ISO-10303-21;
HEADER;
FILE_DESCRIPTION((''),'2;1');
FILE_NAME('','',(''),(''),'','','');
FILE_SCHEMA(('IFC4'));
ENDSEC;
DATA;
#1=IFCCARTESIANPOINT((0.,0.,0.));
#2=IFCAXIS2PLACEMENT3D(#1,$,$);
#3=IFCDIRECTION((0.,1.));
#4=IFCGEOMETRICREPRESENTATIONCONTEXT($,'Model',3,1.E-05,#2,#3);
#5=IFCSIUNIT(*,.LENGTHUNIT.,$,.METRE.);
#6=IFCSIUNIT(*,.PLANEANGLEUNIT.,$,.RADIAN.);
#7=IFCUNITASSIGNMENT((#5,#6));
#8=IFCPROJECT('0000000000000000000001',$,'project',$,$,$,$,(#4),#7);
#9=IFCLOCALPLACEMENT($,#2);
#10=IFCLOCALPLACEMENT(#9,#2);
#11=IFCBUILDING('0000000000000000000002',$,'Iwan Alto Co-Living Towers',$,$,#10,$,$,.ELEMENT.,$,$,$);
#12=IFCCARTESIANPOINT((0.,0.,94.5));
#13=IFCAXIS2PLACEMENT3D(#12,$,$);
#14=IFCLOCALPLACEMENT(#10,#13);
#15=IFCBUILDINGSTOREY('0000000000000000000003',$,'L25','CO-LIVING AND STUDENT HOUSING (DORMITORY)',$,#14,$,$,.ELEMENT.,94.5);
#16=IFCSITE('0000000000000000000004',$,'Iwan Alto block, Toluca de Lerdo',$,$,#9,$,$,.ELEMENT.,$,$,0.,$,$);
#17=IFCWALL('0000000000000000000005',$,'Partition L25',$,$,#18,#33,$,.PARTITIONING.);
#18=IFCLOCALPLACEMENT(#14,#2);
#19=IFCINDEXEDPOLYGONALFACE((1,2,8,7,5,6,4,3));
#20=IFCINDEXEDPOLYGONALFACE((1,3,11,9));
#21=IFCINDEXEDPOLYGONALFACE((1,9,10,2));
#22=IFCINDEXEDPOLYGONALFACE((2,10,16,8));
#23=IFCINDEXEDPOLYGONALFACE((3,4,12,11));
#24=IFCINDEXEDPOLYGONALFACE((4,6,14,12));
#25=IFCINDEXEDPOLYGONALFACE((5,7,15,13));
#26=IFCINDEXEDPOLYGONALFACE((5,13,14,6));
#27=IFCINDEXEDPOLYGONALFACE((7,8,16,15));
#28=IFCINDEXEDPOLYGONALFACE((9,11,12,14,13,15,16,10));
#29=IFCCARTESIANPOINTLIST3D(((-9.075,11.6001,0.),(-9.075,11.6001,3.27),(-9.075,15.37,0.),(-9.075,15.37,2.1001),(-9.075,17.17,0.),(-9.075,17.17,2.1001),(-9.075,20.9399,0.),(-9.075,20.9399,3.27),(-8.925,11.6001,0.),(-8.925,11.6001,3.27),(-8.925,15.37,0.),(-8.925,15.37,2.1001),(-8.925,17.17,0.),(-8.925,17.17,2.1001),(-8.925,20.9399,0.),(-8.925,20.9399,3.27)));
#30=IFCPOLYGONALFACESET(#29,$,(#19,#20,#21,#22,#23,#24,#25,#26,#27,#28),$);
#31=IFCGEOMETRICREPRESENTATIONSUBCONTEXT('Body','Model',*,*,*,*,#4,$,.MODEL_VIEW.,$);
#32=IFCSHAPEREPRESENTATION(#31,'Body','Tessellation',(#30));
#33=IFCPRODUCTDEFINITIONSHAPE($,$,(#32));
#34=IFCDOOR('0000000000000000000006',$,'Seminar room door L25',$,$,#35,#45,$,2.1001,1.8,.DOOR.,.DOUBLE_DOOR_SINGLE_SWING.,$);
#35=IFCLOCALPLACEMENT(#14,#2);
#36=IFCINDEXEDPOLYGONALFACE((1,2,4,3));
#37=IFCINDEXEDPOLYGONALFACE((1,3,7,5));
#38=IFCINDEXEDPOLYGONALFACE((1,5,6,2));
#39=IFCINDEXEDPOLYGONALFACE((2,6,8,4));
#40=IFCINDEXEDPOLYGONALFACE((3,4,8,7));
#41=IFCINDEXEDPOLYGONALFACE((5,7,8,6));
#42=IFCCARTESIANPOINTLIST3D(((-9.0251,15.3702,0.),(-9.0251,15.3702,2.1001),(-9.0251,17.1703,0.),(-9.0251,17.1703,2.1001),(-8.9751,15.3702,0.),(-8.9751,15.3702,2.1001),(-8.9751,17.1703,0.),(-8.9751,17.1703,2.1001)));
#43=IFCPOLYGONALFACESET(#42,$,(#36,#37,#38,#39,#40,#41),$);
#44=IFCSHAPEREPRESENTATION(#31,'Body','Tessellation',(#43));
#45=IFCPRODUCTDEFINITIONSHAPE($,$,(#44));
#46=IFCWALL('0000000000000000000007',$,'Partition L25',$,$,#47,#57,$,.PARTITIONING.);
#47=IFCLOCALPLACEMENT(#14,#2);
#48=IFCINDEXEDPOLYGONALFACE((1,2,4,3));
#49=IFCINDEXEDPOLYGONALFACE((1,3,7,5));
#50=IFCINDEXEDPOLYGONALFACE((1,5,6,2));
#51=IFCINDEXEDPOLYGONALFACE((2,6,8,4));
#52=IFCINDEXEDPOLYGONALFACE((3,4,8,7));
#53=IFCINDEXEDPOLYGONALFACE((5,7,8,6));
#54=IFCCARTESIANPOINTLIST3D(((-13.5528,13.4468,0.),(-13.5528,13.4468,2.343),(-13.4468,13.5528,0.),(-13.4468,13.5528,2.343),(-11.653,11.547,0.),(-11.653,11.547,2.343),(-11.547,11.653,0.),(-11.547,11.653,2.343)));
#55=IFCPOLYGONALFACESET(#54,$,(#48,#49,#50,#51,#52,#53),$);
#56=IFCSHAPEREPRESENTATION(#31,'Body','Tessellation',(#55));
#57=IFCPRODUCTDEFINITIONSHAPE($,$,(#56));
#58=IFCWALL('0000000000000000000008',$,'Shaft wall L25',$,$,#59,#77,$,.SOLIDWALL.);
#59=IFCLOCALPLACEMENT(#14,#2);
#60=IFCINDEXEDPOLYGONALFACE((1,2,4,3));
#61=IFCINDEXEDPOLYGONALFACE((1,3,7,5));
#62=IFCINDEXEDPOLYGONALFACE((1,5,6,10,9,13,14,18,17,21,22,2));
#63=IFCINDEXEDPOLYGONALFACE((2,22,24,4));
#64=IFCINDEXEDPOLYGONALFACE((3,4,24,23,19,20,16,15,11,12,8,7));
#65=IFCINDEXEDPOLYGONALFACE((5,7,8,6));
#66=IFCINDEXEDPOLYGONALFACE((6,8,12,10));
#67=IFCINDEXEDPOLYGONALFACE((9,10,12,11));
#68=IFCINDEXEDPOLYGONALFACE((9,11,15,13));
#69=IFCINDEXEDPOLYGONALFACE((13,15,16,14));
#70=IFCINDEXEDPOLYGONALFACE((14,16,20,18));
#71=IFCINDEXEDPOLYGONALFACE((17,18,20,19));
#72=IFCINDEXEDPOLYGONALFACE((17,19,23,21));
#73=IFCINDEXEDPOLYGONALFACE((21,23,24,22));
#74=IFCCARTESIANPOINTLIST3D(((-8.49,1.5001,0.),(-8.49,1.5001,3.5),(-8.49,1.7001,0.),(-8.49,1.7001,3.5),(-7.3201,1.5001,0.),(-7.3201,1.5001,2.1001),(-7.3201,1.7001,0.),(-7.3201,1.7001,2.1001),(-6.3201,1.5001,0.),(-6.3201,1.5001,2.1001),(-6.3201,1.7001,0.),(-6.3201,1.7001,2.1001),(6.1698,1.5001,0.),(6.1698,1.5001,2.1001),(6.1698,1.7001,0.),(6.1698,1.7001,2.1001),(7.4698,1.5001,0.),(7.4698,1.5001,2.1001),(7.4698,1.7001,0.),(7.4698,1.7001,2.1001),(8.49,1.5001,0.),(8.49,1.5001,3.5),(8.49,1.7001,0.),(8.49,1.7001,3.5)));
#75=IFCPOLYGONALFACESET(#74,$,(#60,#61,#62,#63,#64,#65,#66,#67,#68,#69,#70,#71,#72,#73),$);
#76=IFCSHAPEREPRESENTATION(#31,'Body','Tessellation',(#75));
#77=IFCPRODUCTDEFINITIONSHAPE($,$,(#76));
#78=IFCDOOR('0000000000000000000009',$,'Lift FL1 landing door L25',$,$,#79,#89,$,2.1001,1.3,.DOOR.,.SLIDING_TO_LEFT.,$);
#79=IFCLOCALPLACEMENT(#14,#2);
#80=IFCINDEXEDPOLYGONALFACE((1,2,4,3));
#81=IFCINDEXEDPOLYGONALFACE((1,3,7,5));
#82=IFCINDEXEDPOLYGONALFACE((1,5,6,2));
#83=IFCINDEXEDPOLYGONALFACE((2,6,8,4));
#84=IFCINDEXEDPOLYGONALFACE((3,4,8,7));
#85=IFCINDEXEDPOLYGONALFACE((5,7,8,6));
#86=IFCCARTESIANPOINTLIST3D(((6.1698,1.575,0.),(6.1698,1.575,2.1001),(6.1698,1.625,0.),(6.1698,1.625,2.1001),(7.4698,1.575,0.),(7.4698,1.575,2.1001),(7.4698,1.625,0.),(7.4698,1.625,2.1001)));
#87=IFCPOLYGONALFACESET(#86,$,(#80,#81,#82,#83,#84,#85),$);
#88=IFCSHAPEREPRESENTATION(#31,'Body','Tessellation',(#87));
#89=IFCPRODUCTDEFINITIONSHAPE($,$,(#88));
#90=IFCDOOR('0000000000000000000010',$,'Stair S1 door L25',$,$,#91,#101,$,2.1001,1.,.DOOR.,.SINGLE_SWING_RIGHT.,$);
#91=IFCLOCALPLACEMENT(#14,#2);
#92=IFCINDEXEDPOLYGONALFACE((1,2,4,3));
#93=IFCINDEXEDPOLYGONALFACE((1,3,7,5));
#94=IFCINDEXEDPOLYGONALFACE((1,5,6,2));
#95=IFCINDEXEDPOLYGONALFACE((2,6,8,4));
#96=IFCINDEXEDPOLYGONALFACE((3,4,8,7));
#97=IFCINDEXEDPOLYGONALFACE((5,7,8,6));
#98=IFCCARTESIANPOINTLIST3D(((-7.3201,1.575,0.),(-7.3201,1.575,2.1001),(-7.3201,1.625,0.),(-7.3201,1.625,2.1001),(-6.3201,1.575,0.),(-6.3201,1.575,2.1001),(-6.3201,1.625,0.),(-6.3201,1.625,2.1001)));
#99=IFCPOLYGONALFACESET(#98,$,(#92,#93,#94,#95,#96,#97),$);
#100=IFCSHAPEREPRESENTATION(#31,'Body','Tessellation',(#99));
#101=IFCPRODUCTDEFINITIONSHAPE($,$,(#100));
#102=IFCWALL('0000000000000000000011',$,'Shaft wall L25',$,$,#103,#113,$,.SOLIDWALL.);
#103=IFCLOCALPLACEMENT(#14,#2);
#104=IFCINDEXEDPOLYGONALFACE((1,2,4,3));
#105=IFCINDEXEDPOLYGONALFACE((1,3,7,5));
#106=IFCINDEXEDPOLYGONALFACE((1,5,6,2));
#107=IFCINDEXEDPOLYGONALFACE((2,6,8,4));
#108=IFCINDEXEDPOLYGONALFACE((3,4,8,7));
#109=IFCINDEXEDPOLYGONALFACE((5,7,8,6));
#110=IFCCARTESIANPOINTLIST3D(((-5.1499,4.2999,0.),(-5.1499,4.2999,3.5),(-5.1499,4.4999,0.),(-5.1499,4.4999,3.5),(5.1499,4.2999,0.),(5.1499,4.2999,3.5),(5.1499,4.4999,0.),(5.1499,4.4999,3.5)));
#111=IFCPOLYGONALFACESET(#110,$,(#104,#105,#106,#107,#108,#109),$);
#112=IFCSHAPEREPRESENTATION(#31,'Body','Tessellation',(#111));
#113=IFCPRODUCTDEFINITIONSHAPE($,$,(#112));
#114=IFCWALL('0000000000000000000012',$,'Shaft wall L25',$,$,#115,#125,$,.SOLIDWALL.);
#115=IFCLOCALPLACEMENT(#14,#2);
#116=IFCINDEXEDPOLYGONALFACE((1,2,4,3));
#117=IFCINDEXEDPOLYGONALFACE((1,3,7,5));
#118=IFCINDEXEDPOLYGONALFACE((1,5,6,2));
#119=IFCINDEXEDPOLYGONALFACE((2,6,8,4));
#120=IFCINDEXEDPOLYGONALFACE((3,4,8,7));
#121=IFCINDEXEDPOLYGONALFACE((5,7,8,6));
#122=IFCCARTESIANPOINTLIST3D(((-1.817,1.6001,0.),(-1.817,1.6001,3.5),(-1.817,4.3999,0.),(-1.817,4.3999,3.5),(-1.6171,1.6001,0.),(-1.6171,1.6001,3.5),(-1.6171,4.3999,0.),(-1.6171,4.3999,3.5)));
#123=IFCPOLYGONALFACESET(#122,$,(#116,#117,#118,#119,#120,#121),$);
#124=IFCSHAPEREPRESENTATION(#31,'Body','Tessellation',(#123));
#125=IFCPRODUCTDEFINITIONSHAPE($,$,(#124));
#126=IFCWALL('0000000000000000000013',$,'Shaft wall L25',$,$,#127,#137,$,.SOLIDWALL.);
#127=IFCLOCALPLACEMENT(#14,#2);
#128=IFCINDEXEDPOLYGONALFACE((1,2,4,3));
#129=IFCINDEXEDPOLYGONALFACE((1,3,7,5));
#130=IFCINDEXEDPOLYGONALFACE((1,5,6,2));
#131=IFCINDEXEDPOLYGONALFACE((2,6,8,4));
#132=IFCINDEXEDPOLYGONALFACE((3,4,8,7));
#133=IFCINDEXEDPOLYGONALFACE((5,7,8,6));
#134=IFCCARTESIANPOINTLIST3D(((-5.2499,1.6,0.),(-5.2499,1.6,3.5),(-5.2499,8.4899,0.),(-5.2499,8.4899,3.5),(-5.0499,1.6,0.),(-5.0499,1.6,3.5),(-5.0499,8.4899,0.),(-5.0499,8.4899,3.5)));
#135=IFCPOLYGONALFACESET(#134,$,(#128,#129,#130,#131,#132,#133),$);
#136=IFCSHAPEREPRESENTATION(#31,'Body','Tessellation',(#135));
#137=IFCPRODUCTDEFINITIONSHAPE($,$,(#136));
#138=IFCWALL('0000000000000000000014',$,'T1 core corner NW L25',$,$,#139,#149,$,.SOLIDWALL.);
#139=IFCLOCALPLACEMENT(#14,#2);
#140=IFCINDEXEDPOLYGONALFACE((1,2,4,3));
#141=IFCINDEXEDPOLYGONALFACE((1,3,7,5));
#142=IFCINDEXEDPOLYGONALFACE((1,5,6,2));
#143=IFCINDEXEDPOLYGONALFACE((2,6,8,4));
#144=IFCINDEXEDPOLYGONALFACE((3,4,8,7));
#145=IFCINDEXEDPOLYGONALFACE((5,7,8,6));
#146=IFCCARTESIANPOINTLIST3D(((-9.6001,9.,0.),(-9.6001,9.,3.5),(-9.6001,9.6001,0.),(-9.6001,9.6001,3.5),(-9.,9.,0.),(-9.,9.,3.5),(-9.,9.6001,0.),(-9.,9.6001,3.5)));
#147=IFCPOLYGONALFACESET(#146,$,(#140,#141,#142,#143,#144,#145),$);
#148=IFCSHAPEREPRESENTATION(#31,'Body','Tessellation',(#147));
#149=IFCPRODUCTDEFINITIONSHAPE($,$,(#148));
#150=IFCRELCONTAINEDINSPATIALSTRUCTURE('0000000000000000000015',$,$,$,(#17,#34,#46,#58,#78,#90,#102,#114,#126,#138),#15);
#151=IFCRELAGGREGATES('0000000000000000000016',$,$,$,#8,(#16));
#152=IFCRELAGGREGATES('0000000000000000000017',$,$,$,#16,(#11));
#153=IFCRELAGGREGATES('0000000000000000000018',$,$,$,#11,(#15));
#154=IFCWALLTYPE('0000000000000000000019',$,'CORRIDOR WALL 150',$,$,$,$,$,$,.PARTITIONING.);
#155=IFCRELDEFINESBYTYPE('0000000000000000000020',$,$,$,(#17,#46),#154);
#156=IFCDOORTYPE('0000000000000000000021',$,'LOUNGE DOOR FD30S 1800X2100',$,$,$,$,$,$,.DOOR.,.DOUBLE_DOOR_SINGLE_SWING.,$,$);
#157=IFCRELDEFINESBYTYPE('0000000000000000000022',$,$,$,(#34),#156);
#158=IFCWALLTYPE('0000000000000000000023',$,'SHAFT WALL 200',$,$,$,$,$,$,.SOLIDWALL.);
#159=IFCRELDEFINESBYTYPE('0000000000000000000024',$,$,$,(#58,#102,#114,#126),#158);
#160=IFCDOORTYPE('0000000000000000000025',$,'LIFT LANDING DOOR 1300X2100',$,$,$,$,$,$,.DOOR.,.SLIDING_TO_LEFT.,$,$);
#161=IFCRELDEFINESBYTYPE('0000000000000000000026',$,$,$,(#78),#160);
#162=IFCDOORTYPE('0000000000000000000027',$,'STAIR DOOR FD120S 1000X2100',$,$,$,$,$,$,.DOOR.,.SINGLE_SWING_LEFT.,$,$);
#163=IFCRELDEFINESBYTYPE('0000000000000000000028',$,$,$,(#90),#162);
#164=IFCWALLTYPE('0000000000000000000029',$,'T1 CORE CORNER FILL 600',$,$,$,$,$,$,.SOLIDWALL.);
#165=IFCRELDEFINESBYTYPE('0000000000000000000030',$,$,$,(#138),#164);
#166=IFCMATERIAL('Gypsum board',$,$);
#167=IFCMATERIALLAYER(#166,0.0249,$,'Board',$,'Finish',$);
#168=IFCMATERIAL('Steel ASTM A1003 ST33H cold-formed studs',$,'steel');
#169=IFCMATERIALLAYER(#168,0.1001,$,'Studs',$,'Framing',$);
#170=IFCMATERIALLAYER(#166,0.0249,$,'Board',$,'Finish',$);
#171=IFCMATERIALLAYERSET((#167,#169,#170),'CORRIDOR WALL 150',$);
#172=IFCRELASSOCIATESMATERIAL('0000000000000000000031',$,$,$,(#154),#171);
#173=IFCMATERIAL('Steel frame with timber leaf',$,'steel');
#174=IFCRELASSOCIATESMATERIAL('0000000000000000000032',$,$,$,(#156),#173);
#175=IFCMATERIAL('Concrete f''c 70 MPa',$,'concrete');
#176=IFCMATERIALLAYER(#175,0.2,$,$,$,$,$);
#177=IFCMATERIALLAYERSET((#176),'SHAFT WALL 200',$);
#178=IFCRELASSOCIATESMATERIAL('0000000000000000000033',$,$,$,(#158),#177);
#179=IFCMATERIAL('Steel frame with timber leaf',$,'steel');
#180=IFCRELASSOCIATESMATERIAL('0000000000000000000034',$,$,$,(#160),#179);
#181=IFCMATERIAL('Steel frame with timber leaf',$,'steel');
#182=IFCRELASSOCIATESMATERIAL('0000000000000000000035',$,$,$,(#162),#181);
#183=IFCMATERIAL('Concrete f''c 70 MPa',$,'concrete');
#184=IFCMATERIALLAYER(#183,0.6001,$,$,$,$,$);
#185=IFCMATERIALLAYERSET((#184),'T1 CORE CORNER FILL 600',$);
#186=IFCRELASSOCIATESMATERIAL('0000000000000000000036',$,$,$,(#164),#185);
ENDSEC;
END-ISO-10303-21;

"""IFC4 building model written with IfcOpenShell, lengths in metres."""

from ifc_helpers import new_model, si_unit, direction, frame, frame_2d, origin, place, context, subcontext, project, spatial, rectangle, extrude, material, layer, layer_set, type_object, element, fill, save


model = new_model("IFC4")

# Units and contexts
model_context = context("Model", 3, precision=1e-05, world=origin(), true_north=direction((0.0, 1.0)))
body_context = subcontext(model_context, "Body", "Model", "MODEL_VIEW")
ifc_project = project(units=[si_unit("LENGTHUNIT", "METRE"), si_unit("PLANEANGLEUNIT", "RADIAN")], contexts=[model_context])

# Site, building, storey
site_placement = place(None, origin())
site = spatial("IfcSite", under=ifc_project, at=site_placement, Name="Iwan Alto block, Toluca de Lerdo", CompositionType="ELEMENT", RefElevation=0.0)
building_placement = place(site_placement, origin())
building = spatial("IfcBuilding", under=site, at=building_placement, Name="Iwan Alto Co-Living Towers", CompositionType="ELEMENT")
storey_placement = place(building_placement, frame((0.0, 0.0, 94.5)))
storey = spatial("IfcBuildingStorey", under=building, at=storey_placement, Name="L25", Description="CO-LIVING AND STUDENT HOUSING (DORMITORY)", CompositionType="ELEMENT", Elevation=94.5)

# Wall, opening, door
ifc_material_1 = material(Name="Gypsum board")
ifc_layer_1 = layer(ifc_material_1, 0.0249, Name="Board", Category="Finish")
ifc_material_2 = material(Name="Steel ASTM A1003 ST33H cold-formed studs", Category="steel")
ifc_layer_2 = layer(ifc_material_2, 0.1001, Name="Studs", Category="Framing")
ifc_layer_3 = layer(ifc_material_1, 0.0249, Name="Board", Category="Finish")
ifc_layer_set_1 = layer_set([ifc_layer_1, ifc_layer_2, ifc_layer_3], Name="CORRIDOR WALL 150")
wall_type_1 = type_object("IfcWallType", Name="CORRIDOR WALL 150", PredefinedType="PARTITIONING", material=ifc_layer_set_1)
wall_1_placement = place(storey_placement, frame((-9.0, 11.6001, 0.0), z_axis=(0.0, 0.0, 1.0), x_axis=(0.0, 1.0, 0.0)))
wall_1 = element("IfcWall", 1, at=wall_1_placement, inside=storey, type_object=wall_type_1, Name="Partition L25", PredefinedType="PARTITIONING", context=body_context, shape_type="SweptSolid", body=[
    extrude(rectangle(XDim=9.3398, YDim=0.1499, at=frame_2d((4.6699, 0.0))), origin(), (0.0, 0.0, 1.0), 3.27),
])
opening_1_placement = place(wall_1_placement, frame((3.77, 0.0, 0.0)))
opening_1 = element("IfcOpeningElement", 2, at=opening_1_placement, cuts=wall_1, PredefinedType="OPENING", context=body_context, shape_type="SweptSolid", body=[
    extrude(rectangle(XDim=1.8, YDim=2.1001, at=frame_2d((0.8999, 1.05))), frame((0.0, 0.085, 0.0), z_axis=(0.0, -1.0, 0.0), x_axis=(1.0, 0.0, 0.0)), (0.0, 0.0, 1.0), 0.1699),
])
ifc_material_3 = material(Name="Steel frame with timber leaf", Category="steel")
door_type_1 = type_object("IfcDoorType", Name="LOUNGE DOOR FD30S 1800X2100", OperationType="DOUBLE_DOOR_SINGLE_SWING", PredefinedType="DOOR", material=ifc_material_3)
door_1_placement = place(opening_1_placement, frame((1.8, 0.0, 0.0), z_axis=(0.0, 0.0, 1.0), x_axis=(-1.0, 0.0, 0.0)))
door_1 = element("IfcDoor", 3, at=door_1_placement, inside=storey, type_object=door_type_1, Name="Seminar room door L25", OperationType="DOUBLE_DOOR_SINGLE_SWING", OverallHeight=2.1001, OverallWidth=1.8, PredefinedType="DOOR", context=body_context, shape_type="SweptSolid", body=[
    extrude(rectangle(XDim=1.8, YDim=2.1001, at=frame_2d((0.8999, 1.05))), frame((0.0, 0.0249, 0.0), z_axis=(0.0, -1.0, 0.0), x_axis=(1.0, 0.0, 0.0)), (0.0, 0.0, 1.0), 0.05),
])
fill(opening_1, door_1)

# Wall
wall_2_placement = place(storey_placement, frame((-11.6001, 11.6001, 0.0), z_axis=(0.0, 0.0, 1.0), x_axis=(-0.707107, 0.707107, 0.0)))
element("IfcWall", 4, at=wall_2_placement, inside=storey, type_object=wall_type_1, Name="Partition L25", PredefinedType="PARTITIONING", context=body_context, shape_type="SweptSolid", body=[
    extrude(rectangle(XDim=2.6868, YDim=0.1499, at=frame_2d((1.3433, 0.0))), origin(), (0.0, 0.0, 1.0), 2.343),
])

# Wall, openings, doors
ifc_material_4 = material(Name="Concrete f'c 70 MPa", Category="concrete")
ifc_layer_4 = layer(ifc_material_4, 0.2)
ifc_layer_set_2 = layer_set([ifc_layer_4], Name="SHAFT WALL 200")
wall_type_2 = type_object("IfcWallType", Name="SHAFT WALL 200", PredefinedType="SOLIDWALL", material=ifc_layer_set_2)
wall_3_placement = place(storey_placement, frame((-8.49, 1.6001, 0.0), z_axis=(0.0, 0.0, 1.0), x_axis=(1.0, 0.0, 0.0)))
wall_3 = element("IfcWall", 5, at=wall_3_placement, inside=storey, type_object=wall_type_2, Name="Shaft wall L25", PredefinedType="SOLIDWALL", context=body_context, shape_type="SweptSolid", body=[
    extrude(rectangle(XDim=16.98, YDim=0.2, at=frame_2d((8.49, 0.0))), origin(), (0.0, 0.0, 1.0), 3.5),
])
opening_2_placement = place(wall_3_placement, frame((1.1699, 0.0, 0.0)))
opening_2 = element("IfcOpeningElement", 6, at=opening_2_placement, cuts=wall_3, PredefinedType="OPENING", context=body_context, shape_type="SweptSolid", body=[
    extrude(rectangle(XDim=1.0, YDim=2.1001, at=frame_2d((0.5, 1.05))), frame((0.0, 0.1099, 0.0), z_axis=(0.0, -1.0, 0.0), x_axis=(1.0, 0.0, 0.0)), (0.0, 0.0, 1.0), 0.22),
])
opening_3_placement = place(wall_3_placement, frame((14.6599, 0.0, 0.0)))
opening_3 = element("IfcOpeningElement", 7, at=opening_3_placement, cuts=wall_3, PredefinedType="OPENING", context=body_context, shape_type="SweptSolid", body=[
    extrude(rectangle(XDim=1.3, YDim=2.1001, at=frame_2d((0.6499, 1.05))), frame((0.0, 0.1099, 0.0), z_axis=(0.0, -1.0, 0.0), x_axis=(1.0, 0.0, 0.0)), (0.0, 0.0, 1.0), 0.22),
])
ifc_material_5 = material(Name="Steel frame with timber leaf", Category="steel")
door_type_2 = type_object("IfcDoorType", Name="LIFT LANDING DOOR 1300X2100", OperationType="SLIDING_TO_LEFT", PredefinedType="DOOR", material=ifc_material_5)
door_2_placement = place(opening_3_placement, origin())
door_2 = element("IfcDoor", 8, at=door_2_placement, inside=storey, type_object=door_type_2, Name="Lift FL1 landing door L25", OperationType="SLIDING_TO_LEFT", OverallHeight=2.1001, OverallWidth=1.3, PredefinedType="DOOR", context=body_context, shape_type="SweptSolid", body=[
    extrude(rectangle(XDim=1.3, YDim=2.1001, at=frame_2d((0.6499, 1.05))), frame((0.0, 0.0249, 0.0), z_axis=(0.0, -1.0, 0.0), x_axis=(1.0, 0.0, 0.0)), (0.0, 0.0, 1.0), 0.05),
])
fill(opening_3, door_2)
ifc_material_6 = material(Name="Steel frame with timber leaf", Category="steel")
door_type_3 = type_object("IfcDoorType", Name="STAIR DOOR FD120S 1000X2100", OperationType="SINGLE_SWING_LEFT", PredefinedType="DOOR", material=ifc_material_6)
door_3_placement = place(opening_2_placement, origin())
door_3 = element("IfcDoor", 9, at=door_3_placement, inside=storey, type_object=door_type_3, Name="Stair S1 door L25", OperationType="SINGLE_SWING_RIGHT", OverallHeight=2.1001, OverallWidth=1.0, PredefinedType="DOOR", context=body_context, shape_type="SweptSolid", body=[
    extrude(rectangle(XDim=1.0, YDim=2.1001, at=frame_2d((0.5, 1.05))), frame((0.0, 0.0249, 0.0), z_axis=(0.0, -1.0, 0.0), x_axis=(1.0, 0.0, 0.0)), (0.0, 0.0, 1.0), 0.05),
])
fill(opening_2, door_3)

# Walls
wall_4_placement = place(storey_placement, frame((-5.1499, 4.3999, 0.0), z_axis=(0.0, 0.0, 1.0), x_axis=(1.0, 0.0, 0.0)))
element("IfcWall", 10, at=wall_4_placement, inside=storey, type_object=wall_type_2, Name="Shaft wall L25", PredefinedType="SOLIDWALL", context=body_context, shape_type="SweptSolid", body=[
    extrude(rectangle(XDim=10.2998, YDim=0.2, at=frame_2d((5.1499, 0.0))), origin(), (0.0, 0.0, 1.0), 3.5),
])
wall_5_placement = place(storey_placement, frame((-1.717, 1.6001, 0.0), z_axis=(0.0, 0.0, 1.0), x_axis=(0.0, 1.0, 0.0)))
element("IfcWall", 11, at=wall_5_placement, inside=storey, type_object=wall_type_2, Name="Shaft wall L25", PredefinedType="SOLIDWALL", context=body_context, shape_type="SweptSolid", body=[
    extrude(rectangle(XDim=2.7998, YDim=0.2, at=frame_2d((1.3999, 0.0))), origin(), (0.0, 0.0, 1.0), 3.5),
])
wall_6_placement = place(storey_placement, frame((-5.1499, 1.6001, 0.0), z_axis=(0.0, 0.0, 1.0), x_axis=(0.0, 1.0, 0.0)))
element("IfcWall", 12, at=wall_6_placement, inside=storey, type_object=wall_type_2, Name="Shaft wall L25", PredefinedType="SOLIDWALL", context=body_context, shape_type="SweptSolid", body=[
    extrude(rectangle(XDim=6.8899, YDim=0.2, at=frame_2d((3.4448, 0.0))), origin(), (0.0, 0.0, 1.0), 3.5),
])
ifc_material_7 = material(Name="Concrete f'c 70 MPa", Category="concrete")
ifc_layer_5 = layer(ifc_material_7, 0.6001)
ifc_layer_set_3 = layer_set([ifc_layer_5], Name="T1 CORE CORNER FILL 600")
wall_type_3 = type_object("IfcWallType", Name="T1 CORE CORNER FILL 600", PredefinedType="SOLIDWALL", material=ifc_layer_set_3)
wall_7_placement = place(storey_placement, frame((-9.6001, 9.3, 0.0), z_axis=(0.0, 0.0, 1.0), x_axis=(1.0, 0.0, 0.0)))
element("IfcWall", 13, at=wall_7_placement, inside=storey, type_object=wall_type_3, Name="T1 core corner NW L25", PredefinedType="SOLIDWALL", context=body_context, shape_type="SweptSolid", body=[
    extrude(rectangle(XDim=0.6001, YDim=0.6001, at=frame_2d((0.3, 0.0))), origin(), (0.0, 0.0, 1.0), 3.5),
])

save(model, "model.ifc")
